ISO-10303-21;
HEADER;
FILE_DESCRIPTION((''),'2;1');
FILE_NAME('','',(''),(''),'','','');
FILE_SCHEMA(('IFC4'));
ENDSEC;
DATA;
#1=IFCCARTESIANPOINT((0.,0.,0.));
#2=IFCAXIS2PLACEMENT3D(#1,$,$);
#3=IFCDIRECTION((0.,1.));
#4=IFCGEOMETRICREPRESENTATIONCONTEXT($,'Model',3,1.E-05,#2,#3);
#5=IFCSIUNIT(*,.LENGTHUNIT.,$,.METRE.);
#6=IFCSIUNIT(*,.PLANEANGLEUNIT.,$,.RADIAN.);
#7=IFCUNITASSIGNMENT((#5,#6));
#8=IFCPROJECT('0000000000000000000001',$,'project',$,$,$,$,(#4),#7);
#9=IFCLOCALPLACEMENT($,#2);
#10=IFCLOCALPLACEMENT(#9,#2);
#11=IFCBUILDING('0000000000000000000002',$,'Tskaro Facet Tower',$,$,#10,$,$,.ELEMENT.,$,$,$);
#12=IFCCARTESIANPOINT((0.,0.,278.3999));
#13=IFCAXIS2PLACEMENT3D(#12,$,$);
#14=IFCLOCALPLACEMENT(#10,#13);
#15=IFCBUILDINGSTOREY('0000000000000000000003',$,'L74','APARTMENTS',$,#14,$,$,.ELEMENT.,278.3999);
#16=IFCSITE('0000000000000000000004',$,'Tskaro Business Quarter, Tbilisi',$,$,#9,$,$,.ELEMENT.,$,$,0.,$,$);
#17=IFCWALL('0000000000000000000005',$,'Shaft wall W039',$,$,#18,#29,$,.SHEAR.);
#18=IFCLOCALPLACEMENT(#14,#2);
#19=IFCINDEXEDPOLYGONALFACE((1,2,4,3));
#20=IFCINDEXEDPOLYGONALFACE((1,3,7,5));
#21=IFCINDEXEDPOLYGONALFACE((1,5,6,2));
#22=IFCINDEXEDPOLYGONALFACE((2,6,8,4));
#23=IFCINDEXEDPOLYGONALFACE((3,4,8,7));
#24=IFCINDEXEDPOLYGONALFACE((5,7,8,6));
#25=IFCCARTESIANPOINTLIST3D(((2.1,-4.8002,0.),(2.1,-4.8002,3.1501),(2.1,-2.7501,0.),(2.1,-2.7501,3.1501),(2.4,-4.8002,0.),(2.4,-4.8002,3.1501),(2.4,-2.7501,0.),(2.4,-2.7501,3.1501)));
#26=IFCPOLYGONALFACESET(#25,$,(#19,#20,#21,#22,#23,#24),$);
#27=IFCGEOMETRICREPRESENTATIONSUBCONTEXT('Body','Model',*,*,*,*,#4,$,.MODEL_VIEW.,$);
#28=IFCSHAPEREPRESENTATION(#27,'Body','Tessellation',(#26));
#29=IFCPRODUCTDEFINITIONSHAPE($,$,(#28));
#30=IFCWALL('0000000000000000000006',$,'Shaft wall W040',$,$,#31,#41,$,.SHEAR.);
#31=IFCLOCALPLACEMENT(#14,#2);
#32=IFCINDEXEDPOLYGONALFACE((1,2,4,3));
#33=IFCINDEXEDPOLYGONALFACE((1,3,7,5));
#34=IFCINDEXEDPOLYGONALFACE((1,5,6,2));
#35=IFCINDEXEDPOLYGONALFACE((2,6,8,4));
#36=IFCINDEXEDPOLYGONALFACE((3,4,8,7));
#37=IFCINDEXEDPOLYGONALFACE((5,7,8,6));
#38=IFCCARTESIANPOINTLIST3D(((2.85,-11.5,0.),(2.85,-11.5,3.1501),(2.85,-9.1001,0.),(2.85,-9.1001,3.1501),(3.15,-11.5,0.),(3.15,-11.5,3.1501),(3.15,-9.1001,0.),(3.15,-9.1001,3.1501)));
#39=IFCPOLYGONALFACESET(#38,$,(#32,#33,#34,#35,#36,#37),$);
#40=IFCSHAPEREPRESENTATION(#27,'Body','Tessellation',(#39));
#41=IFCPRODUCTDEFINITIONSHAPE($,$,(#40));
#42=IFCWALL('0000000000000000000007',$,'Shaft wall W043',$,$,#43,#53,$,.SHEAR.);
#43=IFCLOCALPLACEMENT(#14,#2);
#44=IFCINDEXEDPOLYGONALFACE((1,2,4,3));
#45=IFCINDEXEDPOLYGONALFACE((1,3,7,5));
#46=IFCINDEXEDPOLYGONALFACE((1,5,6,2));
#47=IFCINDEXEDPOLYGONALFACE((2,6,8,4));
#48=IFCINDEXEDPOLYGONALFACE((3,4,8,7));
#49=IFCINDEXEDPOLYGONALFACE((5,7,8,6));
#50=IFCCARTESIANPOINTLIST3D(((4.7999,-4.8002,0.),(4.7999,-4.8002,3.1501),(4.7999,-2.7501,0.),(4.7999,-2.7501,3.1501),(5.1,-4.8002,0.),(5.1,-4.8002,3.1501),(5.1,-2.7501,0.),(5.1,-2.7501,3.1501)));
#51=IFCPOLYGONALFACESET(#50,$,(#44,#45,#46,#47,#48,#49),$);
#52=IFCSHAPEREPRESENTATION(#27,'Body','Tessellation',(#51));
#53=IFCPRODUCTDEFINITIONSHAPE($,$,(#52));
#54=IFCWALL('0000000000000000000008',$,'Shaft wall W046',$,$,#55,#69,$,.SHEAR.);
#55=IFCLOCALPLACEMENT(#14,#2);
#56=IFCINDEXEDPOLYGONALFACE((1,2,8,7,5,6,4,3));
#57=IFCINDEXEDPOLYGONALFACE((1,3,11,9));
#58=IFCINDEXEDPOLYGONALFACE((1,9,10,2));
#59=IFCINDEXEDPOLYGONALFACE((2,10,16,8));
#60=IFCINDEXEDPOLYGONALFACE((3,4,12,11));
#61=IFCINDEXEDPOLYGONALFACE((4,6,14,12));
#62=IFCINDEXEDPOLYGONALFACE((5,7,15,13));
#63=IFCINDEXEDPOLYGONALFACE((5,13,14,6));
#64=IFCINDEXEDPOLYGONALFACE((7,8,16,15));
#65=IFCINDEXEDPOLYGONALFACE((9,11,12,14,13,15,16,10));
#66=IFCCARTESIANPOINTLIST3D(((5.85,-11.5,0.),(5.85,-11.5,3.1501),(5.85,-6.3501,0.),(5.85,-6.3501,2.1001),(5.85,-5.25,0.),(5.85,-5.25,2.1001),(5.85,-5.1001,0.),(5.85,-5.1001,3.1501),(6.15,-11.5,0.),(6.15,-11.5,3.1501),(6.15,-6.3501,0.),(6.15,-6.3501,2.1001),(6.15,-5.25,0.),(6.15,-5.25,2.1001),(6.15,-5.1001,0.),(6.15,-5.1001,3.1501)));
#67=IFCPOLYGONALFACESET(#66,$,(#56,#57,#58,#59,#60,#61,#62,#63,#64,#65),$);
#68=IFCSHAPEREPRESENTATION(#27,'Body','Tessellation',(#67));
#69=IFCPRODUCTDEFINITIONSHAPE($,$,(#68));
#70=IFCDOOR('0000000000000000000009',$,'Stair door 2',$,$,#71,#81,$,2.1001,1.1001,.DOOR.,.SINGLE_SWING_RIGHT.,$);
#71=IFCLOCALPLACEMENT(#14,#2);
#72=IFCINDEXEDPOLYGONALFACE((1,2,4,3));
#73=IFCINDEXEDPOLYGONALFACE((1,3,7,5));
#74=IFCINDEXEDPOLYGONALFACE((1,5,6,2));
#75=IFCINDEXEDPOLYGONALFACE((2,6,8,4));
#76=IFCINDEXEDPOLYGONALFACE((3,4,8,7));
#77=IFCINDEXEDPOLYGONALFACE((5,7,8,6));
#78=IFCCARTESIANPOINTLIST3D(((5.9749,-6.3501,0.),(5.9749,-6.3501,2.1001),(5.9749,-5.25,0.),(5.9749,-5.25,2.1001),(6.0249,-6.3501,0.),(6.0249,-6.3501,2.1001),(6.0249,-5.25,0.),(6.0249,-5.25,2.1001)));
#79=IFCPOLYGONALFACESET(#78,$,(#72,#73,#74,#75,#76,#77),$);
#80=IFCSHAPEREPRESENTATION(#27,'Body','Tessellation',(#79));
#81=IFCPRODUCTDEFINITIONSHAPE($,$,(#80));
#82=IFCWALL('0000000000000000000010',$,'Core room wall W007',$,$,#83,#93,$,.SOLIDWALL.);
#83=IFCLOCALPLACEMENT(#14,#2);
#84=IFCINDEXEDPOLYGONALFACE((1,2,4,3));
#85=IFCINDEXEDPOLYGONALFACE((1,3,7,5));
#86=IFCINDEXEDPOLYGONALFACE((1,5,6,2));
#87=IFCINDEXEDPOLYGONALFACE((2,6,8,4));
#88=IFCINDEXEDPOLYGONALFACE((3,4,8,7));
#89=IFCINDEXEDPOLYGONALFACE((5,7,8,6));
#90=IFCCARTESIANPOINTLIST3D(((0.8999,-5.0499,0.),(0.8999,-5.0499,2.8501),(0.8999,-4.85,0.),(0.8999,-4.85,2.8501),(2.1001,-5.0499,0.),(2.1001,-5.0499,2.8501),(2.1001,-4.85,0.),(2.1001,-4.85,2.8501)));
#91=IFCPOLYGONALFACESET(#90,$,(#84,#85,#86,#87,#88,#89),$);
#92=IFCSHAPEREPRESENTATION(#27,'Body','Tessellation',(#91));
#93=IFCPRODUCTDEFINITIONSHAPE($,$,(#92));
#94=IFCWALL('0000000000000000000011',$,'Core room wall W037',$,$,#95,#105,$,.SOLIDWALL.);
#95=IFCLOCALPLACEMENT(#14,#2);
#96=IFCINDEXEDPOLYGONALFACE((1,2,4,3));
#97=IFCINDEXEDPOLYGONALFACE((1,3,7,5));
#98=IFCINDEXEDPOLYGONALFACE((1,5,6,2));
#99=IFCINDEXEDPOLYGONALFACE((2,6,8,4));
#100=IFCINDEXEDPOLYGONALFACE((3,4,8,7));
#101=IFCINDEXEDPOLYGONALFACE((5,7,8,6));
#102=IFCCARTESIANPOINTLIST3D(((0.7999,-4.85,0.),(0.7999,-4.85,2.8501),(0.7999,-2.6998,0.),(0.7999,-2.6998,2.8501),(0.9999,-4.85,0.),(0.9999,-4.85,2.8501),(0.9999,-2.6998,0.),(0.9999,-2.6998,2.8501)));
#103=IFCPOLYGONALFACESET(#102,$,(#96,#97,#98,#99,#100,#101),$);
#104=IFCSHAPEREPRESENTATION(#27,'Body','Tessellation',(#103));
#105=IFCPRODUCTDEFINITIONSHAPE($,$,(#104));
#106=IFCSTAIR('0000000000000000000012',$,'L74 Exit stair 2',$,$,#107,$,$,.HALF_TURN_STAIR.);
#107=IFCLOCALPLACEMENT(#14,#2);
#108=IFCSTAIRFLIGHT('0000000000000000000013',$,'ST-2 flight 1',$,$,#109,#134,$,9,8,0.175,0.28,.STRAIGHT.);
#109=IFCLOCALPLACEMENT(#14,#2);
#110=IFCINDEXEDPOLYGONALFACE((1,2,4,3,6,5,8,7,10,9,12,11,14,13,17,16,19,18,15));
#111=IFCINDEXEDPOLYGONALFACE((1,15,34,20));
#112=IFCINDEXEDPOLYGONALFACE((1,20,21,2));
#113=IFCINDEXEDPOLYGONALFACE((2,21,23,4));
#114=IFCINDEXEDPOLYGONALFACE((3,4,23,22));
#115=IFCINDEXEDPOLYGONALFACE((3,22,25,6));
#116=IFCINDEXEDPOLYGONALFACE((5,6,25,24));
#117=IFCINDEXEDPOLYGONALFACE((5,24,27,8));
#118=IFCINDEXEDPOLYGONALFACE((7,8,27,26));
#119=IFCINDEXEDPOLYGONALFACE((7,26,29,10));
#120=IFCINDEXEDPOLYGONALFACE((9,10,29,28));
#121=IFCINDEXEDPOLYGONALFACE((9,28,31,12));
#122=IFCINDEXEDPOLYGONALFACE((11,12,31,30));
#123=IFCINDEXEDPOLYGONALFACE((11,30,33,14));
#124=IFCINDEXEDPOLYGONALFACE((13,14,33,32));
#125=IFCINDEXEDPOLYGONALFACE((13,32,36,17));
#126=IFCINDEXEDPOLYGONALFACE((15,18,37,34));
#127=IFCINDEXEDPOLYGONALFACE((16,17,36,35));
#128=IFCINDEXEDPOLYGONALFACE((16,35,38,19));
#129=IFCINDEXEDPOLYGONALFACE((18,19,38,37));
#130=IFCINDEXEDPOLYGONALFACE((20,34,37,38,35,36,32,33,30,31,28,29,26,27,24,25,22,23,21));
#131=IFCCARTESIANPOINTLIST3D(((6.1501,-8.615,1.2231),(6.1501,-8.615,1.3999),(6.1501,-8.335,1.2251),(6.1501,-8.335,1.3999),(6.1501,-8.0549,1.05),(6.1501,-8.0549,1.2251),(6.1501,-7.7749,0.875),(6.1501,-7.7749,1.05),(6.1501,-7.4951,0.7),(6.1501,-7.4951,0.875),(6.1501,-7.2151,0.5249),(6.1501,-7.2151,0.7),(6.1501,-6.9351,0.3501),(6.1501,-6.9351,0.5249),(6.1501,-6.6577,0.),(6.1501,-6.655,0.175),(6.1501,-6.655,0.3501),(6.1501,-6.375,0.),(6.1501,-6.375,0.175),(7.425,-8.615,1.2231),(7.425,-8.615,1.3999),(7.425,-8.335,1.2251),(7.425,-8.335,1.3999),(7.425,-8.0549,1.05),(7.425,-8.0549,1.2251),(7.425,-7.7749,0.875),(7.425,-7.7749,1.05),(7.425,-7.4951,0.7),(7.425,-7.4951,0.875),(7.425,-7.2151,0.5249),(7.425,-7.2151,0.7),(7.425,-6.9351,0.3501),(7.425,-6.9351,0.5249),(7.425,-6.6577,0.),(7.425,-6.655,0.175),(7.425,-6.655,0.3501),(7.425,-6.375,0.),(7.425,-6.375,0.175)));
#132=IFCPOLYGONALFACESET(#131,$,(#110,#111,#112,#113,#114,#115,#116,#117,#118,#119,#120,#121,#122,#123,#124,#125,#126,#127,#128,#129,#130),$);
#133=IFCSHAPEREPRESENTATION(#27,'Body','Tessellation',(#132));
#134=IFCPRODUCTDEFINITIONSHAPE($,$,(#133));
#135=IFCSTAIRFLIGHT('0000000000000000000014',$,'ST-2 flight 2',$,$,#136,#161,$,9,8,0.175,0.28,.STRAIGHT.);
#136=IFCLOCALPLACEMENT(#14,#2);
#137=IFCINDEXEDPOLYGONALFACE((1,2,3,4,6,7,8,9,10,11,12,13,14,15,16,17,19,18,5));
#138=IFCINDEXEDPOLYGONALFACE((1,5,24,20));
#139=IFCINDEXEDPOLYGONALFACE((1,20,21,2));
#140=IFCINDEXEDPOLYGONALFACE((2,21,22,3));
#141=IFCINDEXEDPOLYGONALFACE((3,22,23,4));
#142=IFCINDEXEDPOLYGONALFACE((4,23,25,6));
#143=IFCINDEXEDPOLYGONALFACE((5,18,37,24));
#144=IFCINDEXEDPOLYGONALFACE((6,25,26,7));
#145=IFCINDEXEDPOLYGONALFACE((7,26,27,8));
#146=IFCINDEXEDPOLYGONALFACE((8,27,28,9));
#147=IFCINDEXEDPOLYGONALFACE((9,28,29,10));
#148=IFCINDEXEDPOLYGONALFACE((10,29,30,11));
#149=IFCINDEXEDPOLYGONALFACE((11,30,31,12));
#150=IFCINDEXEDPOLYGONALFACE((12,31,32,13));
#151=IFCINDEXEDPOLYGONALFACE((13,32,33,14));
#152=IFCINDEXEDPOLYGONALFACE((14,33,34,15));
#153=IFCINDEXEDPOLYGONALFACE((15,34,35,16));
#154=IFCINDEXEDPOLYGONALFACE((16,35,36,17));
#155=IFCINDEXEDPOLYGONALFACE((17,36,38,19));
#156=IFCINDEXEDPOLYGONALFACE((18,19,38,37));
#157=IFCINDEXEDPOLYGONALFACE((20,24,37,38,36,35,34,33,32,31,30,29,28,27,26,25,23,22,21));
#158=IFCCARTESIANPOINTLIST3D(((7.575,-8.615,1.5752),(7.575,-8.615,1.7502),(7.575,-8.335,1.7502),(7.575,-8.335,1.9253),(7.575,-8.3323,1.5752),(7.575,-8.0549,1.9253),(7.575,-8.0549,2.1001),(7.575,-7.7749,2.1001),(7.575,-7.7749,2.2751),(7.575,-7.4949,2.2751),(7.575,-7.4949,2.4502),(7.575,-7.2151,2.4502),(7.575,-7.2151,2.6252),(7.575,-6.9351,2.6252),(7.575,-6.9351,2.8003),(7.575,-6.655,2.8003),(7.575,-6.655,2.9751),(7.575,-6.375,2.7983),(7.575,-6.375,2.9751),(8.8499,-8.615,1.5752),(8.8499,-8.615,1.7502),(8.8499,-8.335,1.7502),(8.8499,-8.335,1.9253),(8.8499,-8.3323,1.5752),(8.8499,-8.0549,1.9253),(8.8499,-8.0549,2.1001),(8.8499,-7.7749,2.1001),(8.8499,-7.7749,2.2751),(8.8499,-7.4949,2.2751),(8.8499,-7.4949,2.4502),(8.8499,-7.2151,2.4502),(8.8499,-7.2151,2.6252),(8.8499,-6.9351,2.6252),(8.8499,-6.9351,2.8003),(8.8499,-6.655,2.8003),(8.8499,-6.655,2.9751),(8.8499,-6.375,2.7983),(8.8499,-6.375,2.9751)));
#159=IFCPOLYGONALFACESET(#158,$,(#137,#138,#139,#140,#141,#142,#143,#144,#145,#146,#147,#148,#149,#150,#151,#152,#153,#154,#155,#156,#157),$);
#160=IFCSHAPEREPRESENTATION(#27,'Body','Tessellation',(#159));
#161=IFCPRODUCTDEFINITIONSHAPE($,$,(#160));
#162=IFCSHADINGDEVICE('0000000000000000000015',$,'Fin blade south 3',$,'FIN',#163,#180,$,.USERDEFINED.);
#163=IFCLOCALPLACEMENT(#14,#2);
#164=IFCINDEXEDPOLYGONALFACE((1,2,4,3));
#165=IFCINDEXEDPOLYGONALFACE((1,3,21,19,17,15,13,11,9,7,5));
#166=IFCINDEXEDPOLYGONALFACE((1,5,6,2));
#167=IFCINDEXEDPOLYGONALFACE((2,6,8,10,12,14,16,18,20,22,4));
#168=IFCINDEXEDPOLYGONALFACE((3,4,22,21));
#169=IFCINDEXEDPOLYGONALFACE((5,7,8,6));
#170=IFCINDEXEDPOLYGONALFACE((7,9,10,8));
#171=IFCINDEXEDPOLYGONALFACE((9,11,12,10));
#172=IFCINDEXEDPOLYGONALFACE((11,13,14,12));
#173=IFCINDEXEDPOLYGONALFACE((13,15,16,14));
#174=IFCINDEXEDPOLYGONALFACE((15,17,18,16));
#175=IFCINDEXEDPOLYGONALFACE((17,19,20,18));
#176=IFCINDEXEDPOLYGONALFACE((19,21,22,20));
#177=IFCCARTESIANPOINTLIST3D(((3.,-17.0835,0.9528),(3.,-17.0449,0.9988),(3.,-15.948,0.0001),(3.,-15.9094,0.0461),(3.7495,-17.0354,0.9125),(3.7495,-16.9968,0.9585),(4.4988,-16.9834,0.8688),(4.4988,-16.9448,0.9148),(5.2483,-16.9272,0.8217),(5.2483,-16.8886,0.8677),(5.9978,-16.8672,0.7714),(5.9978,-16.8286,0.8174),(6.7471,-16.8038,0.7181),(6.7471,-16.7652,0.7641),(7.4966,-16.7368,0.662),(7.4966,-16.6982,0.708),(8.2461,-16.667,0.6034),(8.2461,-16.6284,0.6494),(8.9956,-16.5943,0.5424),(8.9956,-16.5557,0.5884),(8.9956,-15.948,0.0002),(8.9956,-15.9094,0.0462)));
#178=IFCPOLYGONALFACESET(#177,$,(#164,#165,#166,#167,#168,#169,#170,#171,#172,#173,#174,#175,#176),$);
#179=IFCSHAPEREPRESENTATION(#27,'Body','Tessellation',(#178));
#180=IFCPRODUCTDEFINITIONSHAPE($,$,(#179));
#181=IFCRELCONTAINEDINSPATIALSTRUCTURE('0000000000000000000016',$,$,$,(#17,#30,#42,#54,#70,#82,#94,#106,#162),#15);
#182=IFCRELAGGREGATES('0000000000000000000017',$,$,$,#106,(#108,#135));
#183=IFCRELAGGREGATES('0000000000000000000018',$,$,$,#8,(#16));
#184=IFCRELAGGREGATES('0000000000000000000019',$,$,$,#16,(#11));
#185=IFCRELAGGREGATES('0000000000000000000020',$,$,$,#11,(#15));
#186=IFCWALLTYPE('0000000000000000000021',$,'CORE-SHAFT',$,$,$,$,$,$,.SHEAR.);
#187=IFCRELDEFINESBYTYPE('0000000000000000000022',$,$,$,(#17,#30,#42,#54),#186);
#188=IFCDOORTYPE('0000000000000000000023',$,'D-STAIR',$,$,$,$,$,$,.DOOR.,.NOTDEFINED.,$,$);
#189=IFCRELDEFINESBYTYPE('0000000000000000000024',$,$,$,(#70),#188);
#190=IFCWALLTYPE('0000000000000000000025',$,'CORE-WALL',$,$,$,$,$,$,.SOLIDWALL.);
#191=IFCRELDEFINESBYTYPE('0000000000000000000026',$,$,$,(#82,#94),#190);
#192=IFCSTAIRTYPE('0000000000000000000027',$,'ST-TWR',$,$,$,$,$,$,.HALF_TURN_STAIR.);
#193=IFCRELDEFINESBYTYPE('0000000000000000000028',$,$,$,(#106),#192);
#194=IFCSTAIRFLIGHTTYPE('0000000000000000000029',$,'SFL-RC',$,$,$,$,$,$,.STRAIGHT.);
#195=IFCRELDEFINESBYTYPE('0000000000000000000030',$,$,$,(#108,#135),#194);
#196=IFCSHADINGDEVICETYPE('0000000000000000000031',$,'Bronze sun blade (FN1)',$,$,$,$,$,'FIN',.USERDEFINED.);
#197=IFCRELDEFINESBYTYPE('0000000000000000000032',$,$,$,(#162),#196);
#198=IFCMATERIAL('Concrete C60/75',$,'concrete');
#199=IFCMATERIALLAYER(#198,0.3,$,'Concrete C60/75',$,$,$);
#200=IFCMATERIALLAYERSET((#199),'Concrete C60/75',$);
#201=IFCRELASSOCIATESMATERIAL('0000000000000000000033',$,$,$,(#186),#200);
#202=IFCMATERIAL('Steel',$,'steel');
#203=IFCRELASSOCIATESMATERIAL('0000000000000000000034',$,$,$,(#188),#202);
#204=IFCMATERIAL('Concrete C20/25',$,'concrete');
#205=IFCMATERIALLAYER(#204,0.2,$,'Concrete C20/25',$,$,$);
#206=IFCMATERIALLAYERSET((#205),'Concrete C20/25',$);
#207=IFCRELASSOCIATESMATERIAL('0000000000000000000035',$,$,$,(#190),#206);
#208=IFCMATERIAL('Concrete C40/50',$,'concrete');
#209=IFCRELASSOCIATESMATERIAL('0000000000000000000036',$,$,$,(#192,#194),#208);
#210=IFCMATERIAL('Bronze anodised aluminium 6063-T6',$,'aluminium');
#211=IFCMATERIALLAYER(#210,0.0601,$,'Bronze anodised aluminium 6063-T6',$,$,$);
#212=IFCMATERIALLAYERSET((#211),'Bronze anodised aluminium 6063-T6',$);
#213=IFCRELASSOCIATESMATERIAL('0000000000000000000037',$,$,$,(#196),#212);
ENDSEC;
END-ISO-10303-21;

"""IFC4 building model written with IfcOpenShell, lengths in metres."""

from ifc_helpers import new_model, si_unit, direction, frame, frame_2d, origin, place, context, subcontext, project, spatial, polyline, rectangle, outline, extrude, material, layer, layer_set, type_object, element, fill, aggregate, save


model = new_model("IFC4")

# Units and contexts
model_context = context("Model", 3, precision=1e-05, world=origin(), true_north=direction((0.0, 1.0)))
body_context = subcontext(model_context, "Body", "Model", "MODEL_VIEW")
ifc_project = project(units=[si_unit("LENGTHUNIT", "METRE"), si_unit("PLANEANGLEUNIT", "RADIAN")], contexts=[model_context])

# Site, building, storey
site_placement = place(None, origin())
site = spatial("IfcSite", under=ifc_project, at=site_placement, Name="Tskaro Business Quarter, Tbilisi", CompositionType="ELEMENT", RefElevation=0.0)
building_placement = place(site_placement, origin())
building = spatial("IfcBuilding", under=site, at=building_placement, Name="Tskaro Facet Tower", CompositionType="ELEMENT")
storey_placement = place(building_placement, frame((0.0, 0.0, 278.3999)))
storey = spatial("IfcBuildingStorey", under=building, at=storey_placement, Name="L74", Description="APARTMENTS", CompositionType="ELEMENT", Elevation=278.3999)

# Shared definitions
ifc_material_1 = material(Name="Bronze anodised aluminium 6063-T6", Category="aluminium")

# Walls
ifc_material_2 = material(Name="Concrete C60/75", Category="concrete")
ifc_layer_1 = layer(ifc_material_2, 0.3, Name="Concrete C60/75")
ifc_layer_set_1 = layer_set([ifc_layer_1], Name="Concrete C60/75")
wall_type_1 = type_object("IfcWallType", Name="CORE-SHAFT", PredefinedType="SHEAR", material=ifc_layer_set_1)
wall_1_placement = place(storey_placement, frame((2.25, -4.8, 0.0), z_axis=(0.0, 0.0, 1.0), x_axis=(0.0, 1.0, 0.0)))
element("IfcWall", 1, at=wall_1_placement, inside=storey, type_object=wall_type_1, Name="Shaft wall W039", PredefinedType="SHEAR", context=body_context, shape_type="SweptSolid", body=[
    extrude(rectangle(XDim=2.05, YDim=0.3, at=frame_2d((1.0249, 0.0))), origin(), (0.0, 0.0, 1.0), 3.1501),
])
wall_2_placement = place(storey_placement, frame((3.0, -11.5, 0.0), z_axis=(0.0, 0.0, 1.0), x_axis=(0.0, 1.0, 0.0)))
element("IfcWall", 2, at=wall_2_placement, inside=storey, type_object=wall_type_1, Name="Shaft wall W040", PredefinedType="SHEAR", context=body_context, shape_type="SweptSolid", body=[
    extrude(rectangle(XDim=2.3999, YDim=0.3, at=frame_2d((1.2, 0.0))), origin(), (0.0, 0.0, 1.0), 3.1501),
])
wall_3_placement = place(storey_placement, frame((4.95, -4.8, 0.0), z_axis=(0.0, 0.0, 1.0), x_axis=(0.0, 1.0, 0.0)))
element("IfcWall", 3, at=wall_3_placement, inside=storey, type_object=wall_type_1, Name="Shaft wall W043", PredefinedType="SHEAR", context=body_context, shape_type="SweptSolid", body=[
    extrude(rectangle(XDim=2.05, YDim=0.3, at=frame_2d((1.0249, 0.0))), origin(), (0.0, 0.0, 1.0), 3.1501),
])

# Wall, opening, door
wall_4_placement = place(storey_placement, frame((6.0, -5.1001, 0.0), z_axis=(0.0, 0.0, 1.0), x_axis=(0.0, -1.0, 0.0)))
wall_4 = element("IfcWall", 4, at=wall_4_placement, inside=storey, type_object=wall_type_1, Name="Shaft wall W046", PredefinedType="SHEAR", context=body_context, shape_type="SweptSolid", body=[
    extrude(rectangle(XDim=6.3999, YDim=0.3, at=frame_2d((3.2, 0.0))), origin(), (0.0, 0.0, 1.0), 3.1501),
])
opening_placement = place(wall_4_placement, frame((0.1499, 0.0, 0.0)))
opening = element("IfcOpeningElement", 5, at=opening_placement, cuts=wall_4, PredefinedType="OPENING", context=body_context, shape_type="SweptSolid", body=[
    extrude(rectangle(XDim=1.1001, YDim=2.1001, at=frame_2d((0.55, 1.05))), frame((0.0, 0.1599, 0.0), z_axis=(0.0, -1.0, 0.0), x_axis=(1.0, 0.0, 0.0)), (0.0, 0.0, 1.0), 0.3201),
])
ifc_material_3 = material(Name="Steel", Category="steel")
door_type = type_object("IfcDoorType", Name="D-STAIR", OperationType="NOTDEFINED", PredefinedType="DOOR", material=ifc_material_3)
door_placement = place(opening_placement, origin())
door = element("IfcDoor", 6, at=door_placement, inside=storey, type_object=door_type, Name="Stair door 2", OperationType="SINGLE_SWING_RIGHT", OverallHeight=2.1001, OverallWidth=1.1001, PredefinedType="DOOR", context=body_context, shape_type="SweptSolid", body=[
    extrude(rectangle(XDim=1.1001, YDim=2.1001, at=frame_2d((0.55, 1.05))), frame((0.0, 0.0249, 0.0), z_axis=(0.0, -1.0, 0.0), x_axis=(1.0, 0.0, 0.0)), (0.0, 0.0, 1.0), 0.05),
])
fill(opening, door)

# Walls
ifc_material_4 = material(Name="Concrete C20/25", Category="concrete")
ifc_layer_2 = layer(ifc_material_4, 0.2, Name="Concrete C20/25")
ifc_layer_set_2 = layer_set([ifc_layer_2], Name="Concrete C20/25")
wall_type_2 = type_object("IfcWallType", Name="CORE-WALL", PredefinedType="SOLIDWALL", material=ifc_layer_set_2)
wall_5_placement = place(storey_placement, frame((0.8999, -4.95, 0.0), z_axis=(0.0, 0.0, 1.0), x_axis=(1.0, 0.0, 0.0)))
element("IfcWall", 7, at=wall_5_placement, inside=storey, type_object=wall_type_2, Name="Core room wall W007", PredefinedType="SOLIDWALL", context=body_context, shape_type="SweptSolid", body=[
    extrude(rectangle(XDim=1.2002, YDim=0.2, at=frame_2d((0.6001, 0.0))), origin(), (0.0, 0.0, 1.0), 2.8501),
])
wall_6_placement = place(storey_placement, frame((0.8999, -4.8501, 0.0), z_axis=(0.0, 0.0, 1.0), x_axis=(0.0, 1.0, 0.0)))
element("IfcWall", 8, at=wall_6_placement, inside=storey, type_object=wall_type_2, Name="Core room wall W037", PredefinedType="SOLIDWALL", context=body_context, shape_type="SweptSolid", body=[
    extrude(rectangle(XDim=2.1501, YDim=0.2, at=frame_2d((1.0752, 0.0))), origin(), (0.0, 0.0, 1.0), 2.8501),
])

# Stair, stair flights
ifc_material_5 = material(Name="Concrete C40/50", Category="concrete")
stair_type = type_object("IfcStairType", Name="ST-TWR", PredefinedType="HALF_TURN_STAIR", material=ifc_material_5)
stair_placement = place(storey_placement, origin())
stair = element("IfcStair", 9, at=stair_placement, inside=storey, type_object=stair_type, Name="L74 Exit stair 2", PredefinedType="HALF_TURN_STAIR")
stair_flight_type = type_object("IfcStairFlightType", Name="SFL-RC", PredefinedType="STRAIGHT", material=ifc_material_5)
stair_flight_1_placement = place(storey_placement, frame((6.7876, -6.375, 0.0), z_axis=(0.0, 0.0, 1.0), x_axis=(0.0, -1.0, 0.0)))
stair_flight_1 = element("IfcStairFlight", 10, at=stair_flight_1_placement, type_object=stair_flight_type, Name="ST-2 flight 1", NumberOfRisers=9, NumberOfTreads=8, PredefinedType="STRAIGHT", RiserHeight=0.175, TreadLength=0.28, context=body_context, shape_type="SweptSolid", body=[
    extrude(outline(polyline([(0.0, 0.0), (0.0, 0.175), (0.28, 0.175), (0.28, 0.3501), (0.5601, 0.3501), (0.5601, 0.5249), (0.8401, 0.5249), (0.8401, 0.7), (1.1201, 0.7), (1.1201, 0.875), (1.3999, 0.875), (1.3999, 1.05), (1.6799, 1.05), (1.6799, 1.2251), (1.96, 1.2251), (1.96, 1.3999), (2.24, 1.3999), (2.24, 1.575), (2.24, 1.2231), (0.2827, 0.0), (0.0, 0.0)])), frame((0.0, 0.6375, 0.0), z_axis=(0.0, -1.0, 0.0), x_axis=(1.0, 0.0, 0.0)), (0.0, 0.0, 1.0), 1.2749),
])
stair_flight_2_placement = place(storey_placement, frame((8.2124, -8.615, 1.5752), z_axis=(0.0, 0.0, 1.0), x_axis=(0.0, 1.0, 0.0)))
stair_flight_2 = element("IfcStairFlight", 11, at=stair_flight_2_placement, type_object=stair_flight_type, Name="ST-2 flight 2", NumberOfRisers=9, NumberOfTreads=8, PredefinedType="STRAIGHT", RiserHeight=0.175, TreadLength=0.28, context=body_context, shape_type="SweptSolid", body=[
    extrude(outline(polyline([(0.0, 0.0), (0.0, 0.175), (0.28, 0.175), (0.28, 0.3501), (0.5601, 0.3501), (0.5601, 0.5249), (0.8401, 0.5249), (0.8401, 0.7), (1.1201, 0.7), (1.1201, 0.875), (1.3999, 0.875), (1.3999, 1.05), (1.6799, 1.05), (1.6799, 1.2251), (1.96, 1.2251), (1.96, 1.3999), (2.24, 1.3999), (2.24, 1.575), (2.24, 1.2231), (0.2827, 0.0), (0.0, 0.0)])), frame((0.0, 0.6375, 0.0), z_axis=(0.0, -1.0, 0.0), x_axis=(1.0, 0.0, 0.0)), (0.0, 0.0, 1.0), 1.2749),
])
aggregate(stair, [stair_flight_1, stair_flight_2])

# Shading device
ifc_layer_3 = layer(ifc_material_1, 0.0601, Name="Bronze anodised aluminium 6063-T6")
ifc_layer_set_3 = layer_set([ifc_layer_3], Name="Bronze anodised aluminium 6063-T6")
shading_device_type = type_object("IfcShadingDeviceType", Name="Bronze sun blade (FN1)", ElementType="FIN", PredefinedType="USERDEFINED", material=ifc_layer_set_3)
shading_device_1_placement = place(storey_placement, frame((3.0, -15.9094, 0.0461), z_axis=(-0.000007, 0.64275, 0.766076), x_axis=(1.0, 0.000004, 0.000005)))
element("IfcShadingDevice", 12, at=shading_device_1_placement, inside=storey, type_object=shading_device_type, Name="Fin blade south 3", ObjectType="FIN", PredefinedType="USERDEFINED", context=body_context, shape_type="SweptSolid", body=[
    extrude(outline(polyline([(0.0, 0.0), (5.9956, 0.0), (5.9956, -0.8436), (5.2461, -0.9386), (4.4966, -1.0297), (3.7471, -1.117), (2.9978, -1.1999), (2.2483, -1.2782), (1.4988, -1.3515), (0.7495, -1.4194), (0.0, -1.4822), (0.0, 0.0)])), origin(), (0.0, 0.0, -1.0), 0.0601),
])

save(model, "model.ifc")
